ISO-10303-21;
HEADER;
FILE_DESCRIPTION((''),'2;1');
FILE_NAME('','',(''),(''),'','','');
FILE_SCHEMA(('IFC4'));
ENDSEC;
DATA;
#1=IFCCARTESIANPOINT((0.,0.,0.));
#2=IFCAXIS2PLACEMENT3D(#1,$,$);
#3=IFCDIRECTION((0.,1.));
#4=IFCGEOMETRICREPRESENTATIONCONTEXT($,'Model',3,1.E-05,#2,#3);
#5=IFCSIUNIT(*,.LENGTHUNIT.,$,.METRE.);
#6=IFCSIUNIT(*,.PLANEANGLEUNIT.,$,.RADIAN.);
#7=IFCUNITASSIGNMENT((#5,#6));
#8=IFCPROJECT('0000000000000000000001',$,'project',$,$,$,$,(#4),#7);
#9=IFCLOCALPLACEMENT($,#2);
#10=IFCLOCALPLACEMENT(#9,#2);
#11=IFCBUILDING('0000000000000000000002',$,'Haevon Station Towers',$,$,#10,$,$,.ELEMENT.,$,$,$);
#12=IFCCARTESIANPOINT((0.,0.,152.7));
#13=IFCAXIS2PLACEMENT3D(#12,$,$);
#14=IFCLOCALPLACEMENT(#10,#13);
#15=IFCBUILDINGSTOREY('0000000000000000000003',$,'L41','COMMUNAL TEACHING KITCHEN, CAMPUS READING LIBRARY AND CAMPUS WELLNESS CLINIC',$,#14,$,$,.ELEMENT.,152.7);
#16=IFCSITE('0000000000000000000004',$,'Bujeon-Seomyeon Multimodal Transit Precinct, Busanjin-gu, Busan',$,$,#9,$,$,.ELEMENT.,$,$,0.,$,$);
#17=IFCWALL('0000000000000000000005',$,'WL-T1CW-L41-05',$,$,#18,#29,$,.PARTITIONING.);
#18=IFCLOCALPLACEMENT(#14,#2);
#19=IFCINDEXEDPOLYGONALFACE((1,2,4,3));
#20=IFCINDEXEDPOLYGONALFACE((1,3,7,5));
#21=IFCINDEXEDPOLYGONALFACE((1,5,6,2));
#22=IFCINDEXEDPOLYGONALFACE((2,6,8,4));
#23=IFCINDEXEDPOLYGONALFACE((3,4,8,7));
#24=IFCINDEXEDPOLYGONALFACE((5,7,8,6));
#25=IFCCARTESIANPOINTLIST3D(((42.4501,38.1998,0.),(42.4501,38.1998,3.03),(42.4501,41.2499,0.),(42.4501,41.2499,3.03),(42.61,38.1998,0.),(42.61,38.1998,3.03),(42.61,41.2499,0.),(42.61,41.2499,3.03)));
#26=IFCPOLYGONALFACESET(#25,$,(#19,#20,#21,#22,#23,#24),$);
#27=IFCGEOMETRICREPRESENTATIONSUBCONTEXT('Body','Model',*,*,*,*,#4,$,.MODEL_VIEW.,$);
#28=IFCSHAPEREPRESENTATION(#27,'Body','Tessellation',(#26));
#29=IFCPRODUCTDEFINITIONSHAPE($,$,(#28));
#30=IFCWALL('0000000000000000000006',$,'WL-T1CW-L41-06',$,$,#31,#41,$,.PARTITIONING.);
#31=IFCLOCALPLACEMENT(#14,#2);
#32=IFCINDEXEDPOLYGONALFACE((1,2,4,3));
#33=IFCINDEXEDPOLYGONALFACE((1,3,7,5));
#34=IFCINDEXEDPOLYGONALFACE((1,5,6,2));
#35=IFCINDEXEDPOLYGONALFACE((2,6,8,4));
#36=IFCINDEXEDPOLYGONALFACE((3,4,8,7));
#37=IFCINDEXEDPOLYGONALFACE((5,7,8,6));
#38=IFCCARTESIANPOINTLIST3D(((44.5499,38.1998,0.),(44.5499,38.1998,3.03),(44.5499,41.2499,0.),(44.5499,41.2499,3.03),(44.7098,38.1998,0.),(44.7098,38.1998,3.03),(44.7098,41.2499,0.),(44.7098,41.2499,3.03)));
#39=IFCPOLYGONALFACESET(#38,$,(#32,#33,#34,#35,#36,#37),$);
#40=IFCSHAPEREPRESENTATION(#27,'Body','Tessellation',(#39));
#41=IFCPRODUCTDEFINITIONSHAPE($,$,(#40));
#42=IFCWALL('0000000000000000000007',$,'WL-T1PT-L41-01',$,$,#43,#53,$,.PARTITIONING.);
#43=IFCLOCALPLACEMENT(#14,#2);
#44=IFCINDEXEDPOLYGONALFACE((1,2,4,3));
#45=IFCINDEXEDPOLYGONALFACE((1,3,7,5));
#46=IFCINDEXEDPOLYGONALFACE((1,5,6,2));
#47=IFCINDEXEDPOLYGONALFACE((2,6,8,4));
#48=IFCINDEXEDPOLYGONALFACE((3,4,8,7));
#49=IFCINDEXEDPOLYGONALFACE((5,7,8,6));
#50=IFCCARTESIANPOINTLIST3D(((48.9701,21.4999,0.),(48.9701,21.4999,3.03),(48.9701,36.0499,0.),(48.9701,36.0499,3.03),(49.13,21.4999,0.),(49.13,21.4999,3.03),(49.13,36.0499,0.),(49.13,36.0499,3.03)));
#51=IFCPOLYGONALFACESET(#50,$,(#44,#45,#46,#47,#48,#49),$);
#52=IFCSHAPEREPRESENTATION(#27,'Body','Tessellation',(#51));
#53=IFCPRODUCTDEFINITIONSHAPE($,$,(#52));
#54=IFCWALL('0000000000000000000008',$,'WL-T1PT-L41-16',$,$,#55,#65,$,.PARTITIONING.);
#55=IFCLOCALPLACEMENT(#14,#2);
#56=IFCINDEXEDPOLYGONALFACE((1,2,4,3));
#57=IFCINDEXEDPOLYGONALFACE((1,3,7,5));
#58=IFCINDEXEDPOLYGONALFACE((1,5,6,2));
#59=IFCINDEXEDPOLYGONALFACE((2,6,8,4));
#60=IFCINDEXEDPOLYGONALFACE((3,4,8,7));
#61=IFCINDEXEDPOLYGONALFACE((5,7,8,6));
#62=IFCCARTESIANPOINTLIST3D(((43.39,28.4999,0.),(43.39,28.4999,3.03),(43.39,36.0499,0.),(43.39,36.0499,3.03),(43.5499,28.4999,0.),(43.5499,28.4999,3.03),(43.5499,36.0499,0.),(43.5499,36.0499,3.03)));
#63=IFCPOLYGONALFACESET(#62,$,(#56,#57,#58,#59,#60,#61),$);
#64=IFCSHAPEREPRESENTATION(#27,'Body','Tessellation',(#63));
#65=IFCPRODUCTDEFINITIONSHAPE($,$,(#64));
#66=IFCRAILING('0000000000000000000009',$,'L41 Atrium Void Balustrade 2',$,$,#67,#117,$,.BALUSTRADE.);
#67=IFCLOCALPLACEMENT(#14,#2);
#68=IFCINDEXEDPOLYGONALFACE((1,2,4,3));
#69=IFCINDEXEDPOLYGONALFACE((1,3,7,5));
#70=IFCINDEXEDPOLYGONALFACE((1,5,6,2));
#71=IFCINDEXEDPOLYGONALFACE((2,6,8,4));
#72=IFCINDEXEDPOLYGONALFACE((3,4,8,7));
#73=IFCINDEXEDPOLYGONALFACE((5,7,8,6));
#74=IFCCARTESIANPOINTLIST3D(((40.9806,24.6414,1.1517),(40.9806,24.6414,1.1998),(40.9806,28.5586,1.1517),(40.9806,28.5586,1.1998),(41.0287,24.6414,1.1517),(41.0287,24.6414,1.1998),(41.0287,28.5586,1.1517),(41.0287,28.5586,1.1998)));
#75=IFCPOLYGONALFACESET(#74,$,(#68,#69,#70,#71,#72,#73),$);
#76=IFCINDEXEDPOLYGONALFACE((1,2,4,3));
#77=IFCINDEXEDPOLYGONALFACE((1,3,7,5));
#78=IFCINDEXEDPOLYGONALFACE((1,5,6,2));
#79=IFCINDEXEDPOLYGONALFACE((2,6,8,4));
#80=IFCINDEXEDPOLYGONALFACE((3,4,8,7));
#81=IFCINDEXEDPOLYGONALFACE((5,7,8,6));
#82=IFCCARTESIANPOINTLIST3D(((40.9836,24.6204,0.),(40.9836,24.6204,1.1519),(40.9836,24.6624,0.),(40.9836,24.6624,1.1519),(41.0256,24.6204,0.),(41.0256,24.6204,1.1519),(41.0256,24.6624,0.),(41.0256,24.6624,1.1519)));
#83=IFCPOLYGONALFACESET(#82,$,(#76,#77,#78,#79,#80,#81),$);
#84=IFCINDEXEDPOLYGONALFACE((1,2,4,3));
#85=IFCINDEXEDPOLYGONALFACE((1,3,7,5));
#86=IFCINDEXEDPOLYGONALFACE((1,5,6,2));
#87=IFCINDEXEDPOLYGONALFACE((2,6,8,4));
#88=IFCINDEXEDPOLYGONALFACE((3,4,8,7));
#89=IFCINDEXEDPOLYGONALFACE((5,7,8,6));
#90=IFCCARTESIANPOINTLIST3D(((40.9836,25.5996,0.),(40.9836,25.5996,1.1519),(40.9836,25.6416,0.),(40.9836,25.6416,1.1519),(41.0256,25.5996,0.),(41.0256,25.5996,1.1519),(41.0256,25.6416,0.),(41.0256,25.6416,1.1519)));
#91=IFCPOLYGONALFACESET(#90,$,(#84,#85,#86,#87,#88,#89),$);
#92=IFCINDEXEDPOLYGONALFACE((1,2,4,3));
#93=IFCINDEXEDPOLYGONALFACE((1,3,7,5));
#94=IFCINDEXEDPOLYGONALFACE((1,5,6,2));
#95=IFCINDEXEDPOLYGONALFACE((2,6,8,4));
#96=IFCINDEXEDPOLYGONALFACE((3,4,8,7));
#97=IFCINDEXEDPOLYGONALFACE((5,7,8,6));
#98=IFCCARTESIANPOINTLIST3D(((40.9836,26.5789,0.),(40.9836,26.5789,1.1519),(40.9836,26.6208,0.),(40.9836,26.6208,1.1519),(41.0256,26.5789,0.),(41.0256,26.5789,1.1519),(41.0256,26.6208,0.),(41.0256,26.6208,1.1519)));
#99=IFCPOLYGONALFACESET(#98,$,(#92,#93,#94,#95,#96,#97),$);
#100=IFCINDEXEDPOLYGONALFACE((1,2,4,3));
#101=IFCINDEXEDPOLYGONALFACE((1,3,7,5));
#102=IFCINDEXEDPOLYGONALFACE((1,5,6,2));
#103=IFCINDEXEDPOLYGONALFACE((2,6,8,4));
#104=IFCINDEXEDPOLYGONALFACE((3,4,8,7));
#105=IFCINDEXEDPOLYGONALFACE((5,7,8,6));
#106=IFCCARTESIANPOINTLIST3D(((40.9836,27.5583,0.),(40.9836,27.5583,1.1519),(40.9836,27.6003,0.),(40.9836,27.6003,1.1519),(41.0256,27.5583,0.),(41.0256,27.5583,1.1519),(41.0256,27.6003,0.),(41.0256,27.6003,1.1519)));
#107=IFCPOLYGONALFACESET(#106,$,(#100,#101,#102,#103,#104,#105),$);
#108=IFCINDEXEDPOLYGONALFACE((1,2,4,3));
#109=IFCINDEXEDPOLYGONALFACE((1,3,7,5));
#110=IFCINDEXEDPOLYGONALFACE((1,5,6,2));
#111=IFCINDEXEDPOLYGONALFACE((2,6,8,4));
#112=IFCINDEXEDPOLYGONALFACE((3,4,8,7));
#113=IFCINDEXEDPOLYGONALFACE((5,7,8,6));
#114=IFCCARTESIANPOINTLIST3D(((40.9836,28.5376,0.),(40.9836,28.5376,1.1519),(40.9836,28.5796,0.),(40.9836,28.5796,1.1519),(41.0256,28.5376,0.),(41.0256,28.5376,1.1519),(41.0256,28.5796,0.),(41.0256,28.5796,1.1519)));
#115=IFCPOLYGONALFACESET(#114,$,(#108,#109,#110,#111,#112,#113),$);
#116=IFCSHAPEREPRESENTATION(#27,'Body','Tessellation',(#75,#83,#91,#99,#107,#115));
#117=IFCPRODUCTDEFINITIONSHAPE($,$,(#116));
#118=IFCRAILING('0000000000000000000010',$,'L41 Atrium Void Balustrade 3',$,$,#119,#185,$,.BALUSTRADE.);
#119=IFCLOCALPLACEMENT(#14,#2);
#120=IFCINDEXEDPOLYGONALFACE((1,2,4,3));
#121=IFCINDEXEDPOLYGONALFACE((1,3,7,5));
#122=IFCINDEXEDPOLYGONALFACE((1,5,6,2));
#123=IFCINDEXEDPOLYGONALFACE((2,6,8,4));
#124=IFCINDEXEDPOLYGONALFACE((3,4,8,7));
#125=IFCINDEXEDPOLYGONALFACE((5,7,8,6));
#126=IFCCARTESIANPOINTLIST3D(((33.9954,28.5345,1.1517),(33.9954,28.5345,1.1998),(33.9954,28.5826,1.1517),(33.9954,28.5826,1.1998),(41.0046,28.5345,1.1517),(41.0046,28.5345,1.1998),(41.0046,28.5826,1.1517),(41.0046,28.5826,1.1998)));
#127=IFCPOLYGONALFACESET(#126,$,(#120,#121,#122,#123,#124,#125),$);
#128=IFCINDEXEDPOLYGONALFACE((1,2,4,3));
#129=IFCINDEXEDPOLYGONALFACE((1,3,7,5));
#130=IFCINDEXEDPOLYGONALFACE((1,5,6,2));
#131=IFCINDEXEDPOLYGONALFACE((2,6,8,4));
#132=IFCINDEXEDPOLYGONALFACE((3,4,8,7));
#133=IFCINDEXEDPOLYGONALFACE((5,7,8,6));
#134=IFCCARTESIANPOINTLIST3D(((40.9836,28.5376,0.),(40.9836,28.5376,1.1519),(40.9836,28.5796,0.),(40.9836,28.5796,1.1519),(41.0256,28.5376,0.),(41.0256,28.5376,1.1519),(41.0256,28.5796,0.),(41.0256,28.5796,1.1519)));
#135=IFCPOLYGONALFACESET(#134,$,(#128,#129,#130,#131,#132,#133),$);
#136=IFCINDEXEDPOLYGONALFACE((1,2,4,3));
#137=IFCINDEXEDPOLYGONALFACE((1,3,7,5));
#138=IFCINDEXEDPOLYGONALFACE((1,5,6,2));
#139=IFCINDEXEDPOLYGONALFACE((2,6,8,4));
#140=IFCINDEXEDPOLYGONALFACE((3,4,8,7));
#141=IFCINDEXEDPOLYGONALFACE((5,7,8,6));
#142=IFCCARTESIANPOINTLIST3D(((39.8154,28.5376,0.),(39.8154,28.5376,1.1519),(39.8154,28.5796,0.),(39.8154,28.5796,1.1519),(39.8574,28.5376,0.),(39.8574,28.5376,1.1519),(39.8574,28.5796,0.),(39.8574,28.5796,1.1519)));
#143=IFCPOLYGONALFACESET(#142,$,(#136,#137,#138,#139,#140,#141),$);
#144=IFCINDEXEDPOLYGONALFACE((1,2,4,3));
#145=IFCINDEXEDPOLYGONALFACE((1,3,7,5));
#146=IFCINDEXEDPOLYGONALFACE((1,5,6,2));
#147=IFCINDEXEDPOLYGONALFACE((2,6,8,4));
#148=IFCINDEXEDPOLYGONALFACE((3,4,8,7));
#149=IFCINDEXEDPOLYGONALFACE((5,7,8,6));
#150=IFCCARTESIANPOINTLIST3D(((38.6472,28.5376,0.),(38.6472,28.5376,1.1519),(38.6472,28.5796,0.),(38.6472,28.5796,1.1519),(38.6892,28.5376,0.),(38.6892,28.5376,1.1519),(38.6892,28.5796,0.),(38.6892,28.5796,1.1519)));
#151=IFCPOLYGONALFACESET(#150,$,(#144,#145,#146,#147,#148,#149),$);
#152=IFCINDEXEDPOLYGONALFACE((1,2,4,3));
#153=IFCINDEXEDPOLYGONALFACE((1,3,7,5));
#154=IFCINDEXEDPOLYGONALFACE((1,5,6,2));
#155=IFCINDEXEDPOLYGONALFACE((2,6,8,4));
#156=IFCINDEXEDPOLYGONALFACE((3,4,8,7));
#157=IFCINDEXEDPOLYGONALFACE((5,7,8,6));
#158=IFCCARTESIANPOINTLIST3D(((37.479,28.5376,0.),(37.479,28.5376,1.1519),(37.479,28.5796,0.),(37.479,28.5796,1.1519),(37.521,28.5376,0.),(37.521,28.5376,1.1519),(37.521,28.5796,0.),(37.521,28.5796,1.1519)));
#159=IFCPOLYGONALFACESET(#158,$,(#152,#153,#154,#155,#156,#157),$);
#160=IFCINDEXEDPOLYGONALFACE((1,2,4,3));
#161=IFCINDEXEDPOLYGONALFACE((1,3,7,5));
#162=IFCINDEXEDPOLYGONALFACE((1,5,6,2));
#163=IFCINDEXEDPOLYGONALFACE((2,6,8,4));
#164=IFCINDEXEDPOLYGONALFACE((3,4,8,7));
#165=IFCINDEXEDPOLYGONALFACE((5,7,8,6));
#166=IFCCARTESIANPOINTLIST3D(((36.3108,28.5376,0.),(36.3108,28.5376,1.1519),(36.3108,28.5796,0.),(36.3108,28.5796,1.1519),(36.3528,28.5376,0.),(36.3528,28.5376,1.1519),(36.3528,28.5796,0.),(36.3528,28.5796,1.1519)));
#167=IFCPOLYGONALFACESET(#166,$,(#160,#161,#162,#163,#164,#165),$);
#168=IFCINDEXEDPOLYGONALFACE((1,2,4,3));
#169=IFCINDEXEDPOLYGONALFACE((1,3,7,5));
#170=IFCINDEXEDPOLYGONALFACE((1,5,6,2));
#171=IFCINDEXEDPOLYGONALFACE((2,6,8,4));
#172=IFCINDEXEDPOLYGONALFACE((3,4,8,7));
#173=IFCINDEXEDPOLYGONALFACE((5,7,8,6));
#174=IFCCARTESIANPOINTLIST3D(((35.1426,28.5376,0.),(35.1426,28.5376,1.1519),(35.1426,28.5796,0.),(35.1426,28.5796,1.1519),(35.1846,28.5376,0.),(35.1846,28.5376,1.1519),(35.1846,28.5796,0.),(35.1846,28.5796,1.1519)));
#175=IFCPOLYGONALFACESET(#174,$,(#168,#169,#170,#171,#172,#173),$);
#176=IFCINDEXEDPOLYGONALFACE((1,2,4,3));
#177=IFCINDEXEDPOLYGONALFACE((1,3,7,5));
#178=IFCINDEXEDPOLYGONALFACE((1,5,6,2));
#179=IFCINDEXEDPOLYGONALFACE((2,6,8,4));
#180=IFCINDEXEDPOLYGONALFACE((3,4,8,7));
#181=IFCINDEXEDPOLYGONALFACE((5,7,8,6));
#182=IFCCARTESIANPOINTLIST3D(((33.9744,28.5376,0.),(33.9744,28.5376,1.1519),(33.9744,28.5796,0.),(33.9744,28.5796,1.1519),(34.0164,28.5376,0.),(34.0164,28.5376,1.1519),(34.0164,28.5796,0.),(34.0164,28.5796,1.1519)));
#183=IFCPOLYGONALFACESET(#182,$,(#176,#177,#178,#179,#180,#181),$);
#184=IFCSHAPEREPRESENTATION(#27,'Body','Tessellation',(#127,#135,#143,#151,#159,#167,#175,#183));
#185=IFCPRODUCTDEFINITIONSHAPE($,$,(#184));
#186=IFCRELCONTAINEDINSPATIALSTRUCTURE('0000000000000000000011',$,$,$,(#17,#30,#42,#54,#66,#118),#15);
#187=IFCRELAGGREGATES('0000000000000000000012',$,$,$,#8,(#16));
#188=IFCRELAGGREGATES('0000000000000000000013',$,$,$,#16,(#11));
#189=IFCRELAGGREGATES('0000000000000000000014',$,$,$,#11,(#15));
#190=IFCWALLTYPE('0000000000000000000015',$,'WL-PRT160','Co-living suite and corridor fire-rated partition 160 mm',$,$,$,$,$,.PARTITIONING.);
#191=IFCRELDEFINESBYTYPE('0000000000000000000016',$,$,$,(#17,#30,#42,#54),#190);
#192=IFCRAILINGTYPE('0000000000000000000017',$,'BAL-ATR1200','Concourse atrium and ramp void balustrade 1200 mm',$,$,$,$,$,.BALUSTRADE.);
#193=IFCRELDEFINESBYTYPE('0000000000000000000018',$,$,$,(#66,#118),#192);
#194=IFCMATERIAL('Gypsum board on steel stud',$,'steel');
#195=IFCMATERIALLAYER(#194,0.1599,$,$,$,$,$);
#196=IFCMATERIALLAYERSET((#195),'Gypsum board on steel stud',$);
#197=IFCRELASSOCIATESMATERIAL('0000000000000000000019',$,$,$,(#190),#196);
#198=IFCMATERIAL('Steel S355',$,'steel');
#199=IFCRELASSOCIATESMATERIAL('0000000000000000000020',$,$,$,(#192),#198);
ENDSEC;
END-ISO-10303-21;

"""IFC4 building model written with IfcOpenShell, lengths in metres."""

from ifc_helpers import new_model, si_unit, direction, frame, frame_2d, origin, origin_2d, place, context, subcontext, project, spatial, rectangle, extrude, material, layer, layer_set, type_object, element, save


model = new_model("IFC4")

# Units and contexts
model_context = context("Model", 3, precision=1e-05, world=origin(), true_north=direction((0.0, 1.0)))
body_context = subcontext(model_context, "Body", "Model", "MODEL_VIEW")
ifc_project = project(units=[si_unit("LENGTHUNIT", "METRE"), si_unit("PLANEANGLEUNIT", "RADIAN")], contexts=[model_context])

# Site, building, storey
site_placement = place(None, origin())
site = spatial("IfcSite", under=ifc_project, at=site_placement, Name="Bujeon-Seomyeon Multimodal Transit Precinct, Busanjin-gu, Busan", CompositionType="ELEMENT", RefElevation=0.0)
building_placement = place(site_placement, origin())
building = spatial("IfcBuilding", under=site, at=building_placement, Name="Haevon Station Towers", CompositionType="ELEMENT")
storey_placement = place(building_placement, frame((0.0, 0.0, 152.7)))
storey = spatial("IfcBuildingStorey", under=building, at=storey_placement, Name="L41", Description="COMMUNAL TEACHING KITCHEN, CAMPUS READING LIBRARY AND CAMPUS WELLNESS CLINIC", CompositionType="ELEMENT", Elevation=152.7)

# Shared definitions
ifc_material_1 = material(Name="Steel S355", Category="steel")

# Walls
ifc_material_2 = material(Name="Gypsum board on steel stud", Category="steel")
ifc_layer_1 = layer(ifc_material_2, 0.1599)
ifc_layer_set_1 = layer_set([ifc_layer_1], Name="Gypsum board on steel stud")
wall_type_1 = type_object("IfcWallType", Name="WL-PRT160", Description="Co-living suite and corridor fire-rated partition 160 mm", PredefinedType="PARTITIONING", material=ifc_layer_set_1)
for number, where, z_axis, x_axis, name in (
    (1, (42.53, 38.2, 0.0), (0.0, 0.0, 1.0), (0.0, 1.0, 0.0), "WL-T1CW-L41-05"),
    (2, (44.6299, 38.2, 0.0), (0.0, 0.0, 1.0), (0.0, 1.0, 0.0), "WL-T1CW-L41-06"),
):
    element("IfcWall", number, at=place(storey_placement, frame(where, z_axis=z_axis, x_axis=x_axis)), inside=storey, type_object=wall_type_1, Name=name, PredefinedType="PARTITIONING", context=body_context, shape_type="SweptSolid", body=[
        extrude(rectangle(XDim=3.05, YDim=0.1599, at=frame_2d((1.5249, 0.0))), origin(), (0.0, 0.0, 1.0), 3.03),
    ])
wall_1_placement = place(storey_placement, frame((49.05, 21.5, 0.0), z_axis=(0.0, 0.0, 1.0), x_axis=(0.0, 1.0, 0.0)))
element("IfcWall", 3, at=wall_1_placement, inside=storey, type_object=wall_type_1, Name="WL-T1PT-L41-01", PredefinedType="PARTITIONING", context=body_context, shape_type="SweptSolid", body=[
    extrude(rectangle(XDim=14.55, YDim=0.1599, at=frame_2d((7.2749, 0.0))), origin(), (0.0, 0.0, 1.0), 3.03),
])
wall_2_placement = place(storey_placement, frame((43.47, 28.5, 0.0), z_axis=(0.0, 0.0, 1.0), x_axis=(0.0, 1.0, 0.0)))
element("IfcWall", 4, at=wall_2_placement, inside=storey, type_object=wall_type_1, Name="WL-T1PT-L41-16", PredefinedType="PARTITIONING", context=body_context, shape_type="SweptSolid", body=[
    extrude(rectangle(XDim=7.55, YDim=0.1599, at=frame_2d((3.7749, 0.0))), origin(), (0.0, 0.0, 1.0), 3.03),
])

# Railings
railing_type = type_object("IfcRailingType", Name="BAL-ATR1200", Description="Concourse atrium and ramp void balustrade 1200 mm", PredefinedType="BALUSTRADE", material=ifc_material_1)
railing_1_placement = place(storey_placement, frame((41.0046, 24.6414, 0.0)))
element("IfcRailing", 5, at=railing_1_placement, inside=storey, type_object=railing_type, Name="L41 Atrium Void Balustrade 2", PredefinedType="BALUSTRADE", context=body_context, shape_type="SweptSolid", body=[
    extrude(rectangle(XDim=0.0481, YDim=0.0481, at=origin_2d()), frame((0.0, 0.0, 1.1758), z_axis=(0.0, 1.0, 0.0), x_axis=(-1.0, 0.0, 0.0)), (0.0, 0.0, 1.0), 3.9172),
    extrude(rectangle(XDim=0.042, YDim=0.042, at=origin_2d()), origin(), (0.0, 0.0, 1.0), 1.1519),
    extrude(rectangle(XDim=0.042, YDim=0.042, at=origin_2d()), frame((0.0, 0.9792, 0.0)), (0.0, 0.0, 1.0), 1.1519),
    extrude(rectangle(XDim=0.042, YDim=0.042, at=origin_2d()), frame((0.0, 1.9585, 0.0)), (0.0, 0.0, 1.0), 1.1519),
    extrude(rectangle(XDim=0.042, YDim=0.042, at=origin_2d()), frame((0.0, 2.938, 0.0)), (0.0, 0.0, 1.0), 1.1519),
    extrude(rectangle(XDim=0.042, YDim=0.042, at=origin_2d()), frame((0.0, 3.9172, 0.0)), (0.0, 0.0, 1.0), 1.1519),
])
railing_2_placement = place(storey_placement, frame((41.0046, 28.5586, 0.0)))
element("IfcRailing", 6, at=railing_2_placement, inside=storey, type_object=railing_type, Name="L41 Atrium Void Balustrade 3", PredefinedType="BALUSTRADE", context=body_context, shape_type="SweptSolid", body=[
    extrude(rectangle(XDim=0.0481, YDim=0.0481, at=origin_2d()), frame((0.0, 0.0, 1.1758), z_axis=(-1.0, 0.0, 0.0), x_axis=(0.0, -1.0, 0.0)), (0.0, 0.0, 1.0), 7.0093),
    extrude(rectangle(XDim=0.042, YDim=0.042, at=origin_2d()), origin(), (0.0, 0.0, 1.0), 1.1519),
    extrude(rectangle(XDim=0.042, YDim=0.042, at=origin_2d()), frame((-1.1682, 0.0, 0.0)), (0.0, 0.0, 1.0), 1.1519),
    extrude(rectangle(XDim=0.042, YDim=0.042, at=origin_2d()), frame((-2.3364, 0.0, 0.0)), (0.0, 0.0, 1.0), 1.1519),
    extrude(rectangle(XDim=0.042, YDim=0.042, at=origin_2d()), frame((-3.5046, 0.0, 0.0)), (0.0, 0.0, 1.0), 1.1519),
    extrude(rectangle(XDim=0.042, YDim=0.042, at=origin_2d()), frame((-4.6729, 0.0, 0.0)), (0.0, 0.0, 1.0), 1.1519),
    extrude(rectangle(XDim=0.042, YDim=0.042, at=origin_2d()), frame((-5.8411, 0.0, 0.0)), (0.0, 0.0, 1.0), 1.1519),
    extrude(rectangle(XDim=0.042, YDim=0.042, at=origin_2d()), frame((-7.0093, 0.0, 0.0)), (0.0, 0.0, 1.0), 1.1519),
])

save(model, "model.ifc")
